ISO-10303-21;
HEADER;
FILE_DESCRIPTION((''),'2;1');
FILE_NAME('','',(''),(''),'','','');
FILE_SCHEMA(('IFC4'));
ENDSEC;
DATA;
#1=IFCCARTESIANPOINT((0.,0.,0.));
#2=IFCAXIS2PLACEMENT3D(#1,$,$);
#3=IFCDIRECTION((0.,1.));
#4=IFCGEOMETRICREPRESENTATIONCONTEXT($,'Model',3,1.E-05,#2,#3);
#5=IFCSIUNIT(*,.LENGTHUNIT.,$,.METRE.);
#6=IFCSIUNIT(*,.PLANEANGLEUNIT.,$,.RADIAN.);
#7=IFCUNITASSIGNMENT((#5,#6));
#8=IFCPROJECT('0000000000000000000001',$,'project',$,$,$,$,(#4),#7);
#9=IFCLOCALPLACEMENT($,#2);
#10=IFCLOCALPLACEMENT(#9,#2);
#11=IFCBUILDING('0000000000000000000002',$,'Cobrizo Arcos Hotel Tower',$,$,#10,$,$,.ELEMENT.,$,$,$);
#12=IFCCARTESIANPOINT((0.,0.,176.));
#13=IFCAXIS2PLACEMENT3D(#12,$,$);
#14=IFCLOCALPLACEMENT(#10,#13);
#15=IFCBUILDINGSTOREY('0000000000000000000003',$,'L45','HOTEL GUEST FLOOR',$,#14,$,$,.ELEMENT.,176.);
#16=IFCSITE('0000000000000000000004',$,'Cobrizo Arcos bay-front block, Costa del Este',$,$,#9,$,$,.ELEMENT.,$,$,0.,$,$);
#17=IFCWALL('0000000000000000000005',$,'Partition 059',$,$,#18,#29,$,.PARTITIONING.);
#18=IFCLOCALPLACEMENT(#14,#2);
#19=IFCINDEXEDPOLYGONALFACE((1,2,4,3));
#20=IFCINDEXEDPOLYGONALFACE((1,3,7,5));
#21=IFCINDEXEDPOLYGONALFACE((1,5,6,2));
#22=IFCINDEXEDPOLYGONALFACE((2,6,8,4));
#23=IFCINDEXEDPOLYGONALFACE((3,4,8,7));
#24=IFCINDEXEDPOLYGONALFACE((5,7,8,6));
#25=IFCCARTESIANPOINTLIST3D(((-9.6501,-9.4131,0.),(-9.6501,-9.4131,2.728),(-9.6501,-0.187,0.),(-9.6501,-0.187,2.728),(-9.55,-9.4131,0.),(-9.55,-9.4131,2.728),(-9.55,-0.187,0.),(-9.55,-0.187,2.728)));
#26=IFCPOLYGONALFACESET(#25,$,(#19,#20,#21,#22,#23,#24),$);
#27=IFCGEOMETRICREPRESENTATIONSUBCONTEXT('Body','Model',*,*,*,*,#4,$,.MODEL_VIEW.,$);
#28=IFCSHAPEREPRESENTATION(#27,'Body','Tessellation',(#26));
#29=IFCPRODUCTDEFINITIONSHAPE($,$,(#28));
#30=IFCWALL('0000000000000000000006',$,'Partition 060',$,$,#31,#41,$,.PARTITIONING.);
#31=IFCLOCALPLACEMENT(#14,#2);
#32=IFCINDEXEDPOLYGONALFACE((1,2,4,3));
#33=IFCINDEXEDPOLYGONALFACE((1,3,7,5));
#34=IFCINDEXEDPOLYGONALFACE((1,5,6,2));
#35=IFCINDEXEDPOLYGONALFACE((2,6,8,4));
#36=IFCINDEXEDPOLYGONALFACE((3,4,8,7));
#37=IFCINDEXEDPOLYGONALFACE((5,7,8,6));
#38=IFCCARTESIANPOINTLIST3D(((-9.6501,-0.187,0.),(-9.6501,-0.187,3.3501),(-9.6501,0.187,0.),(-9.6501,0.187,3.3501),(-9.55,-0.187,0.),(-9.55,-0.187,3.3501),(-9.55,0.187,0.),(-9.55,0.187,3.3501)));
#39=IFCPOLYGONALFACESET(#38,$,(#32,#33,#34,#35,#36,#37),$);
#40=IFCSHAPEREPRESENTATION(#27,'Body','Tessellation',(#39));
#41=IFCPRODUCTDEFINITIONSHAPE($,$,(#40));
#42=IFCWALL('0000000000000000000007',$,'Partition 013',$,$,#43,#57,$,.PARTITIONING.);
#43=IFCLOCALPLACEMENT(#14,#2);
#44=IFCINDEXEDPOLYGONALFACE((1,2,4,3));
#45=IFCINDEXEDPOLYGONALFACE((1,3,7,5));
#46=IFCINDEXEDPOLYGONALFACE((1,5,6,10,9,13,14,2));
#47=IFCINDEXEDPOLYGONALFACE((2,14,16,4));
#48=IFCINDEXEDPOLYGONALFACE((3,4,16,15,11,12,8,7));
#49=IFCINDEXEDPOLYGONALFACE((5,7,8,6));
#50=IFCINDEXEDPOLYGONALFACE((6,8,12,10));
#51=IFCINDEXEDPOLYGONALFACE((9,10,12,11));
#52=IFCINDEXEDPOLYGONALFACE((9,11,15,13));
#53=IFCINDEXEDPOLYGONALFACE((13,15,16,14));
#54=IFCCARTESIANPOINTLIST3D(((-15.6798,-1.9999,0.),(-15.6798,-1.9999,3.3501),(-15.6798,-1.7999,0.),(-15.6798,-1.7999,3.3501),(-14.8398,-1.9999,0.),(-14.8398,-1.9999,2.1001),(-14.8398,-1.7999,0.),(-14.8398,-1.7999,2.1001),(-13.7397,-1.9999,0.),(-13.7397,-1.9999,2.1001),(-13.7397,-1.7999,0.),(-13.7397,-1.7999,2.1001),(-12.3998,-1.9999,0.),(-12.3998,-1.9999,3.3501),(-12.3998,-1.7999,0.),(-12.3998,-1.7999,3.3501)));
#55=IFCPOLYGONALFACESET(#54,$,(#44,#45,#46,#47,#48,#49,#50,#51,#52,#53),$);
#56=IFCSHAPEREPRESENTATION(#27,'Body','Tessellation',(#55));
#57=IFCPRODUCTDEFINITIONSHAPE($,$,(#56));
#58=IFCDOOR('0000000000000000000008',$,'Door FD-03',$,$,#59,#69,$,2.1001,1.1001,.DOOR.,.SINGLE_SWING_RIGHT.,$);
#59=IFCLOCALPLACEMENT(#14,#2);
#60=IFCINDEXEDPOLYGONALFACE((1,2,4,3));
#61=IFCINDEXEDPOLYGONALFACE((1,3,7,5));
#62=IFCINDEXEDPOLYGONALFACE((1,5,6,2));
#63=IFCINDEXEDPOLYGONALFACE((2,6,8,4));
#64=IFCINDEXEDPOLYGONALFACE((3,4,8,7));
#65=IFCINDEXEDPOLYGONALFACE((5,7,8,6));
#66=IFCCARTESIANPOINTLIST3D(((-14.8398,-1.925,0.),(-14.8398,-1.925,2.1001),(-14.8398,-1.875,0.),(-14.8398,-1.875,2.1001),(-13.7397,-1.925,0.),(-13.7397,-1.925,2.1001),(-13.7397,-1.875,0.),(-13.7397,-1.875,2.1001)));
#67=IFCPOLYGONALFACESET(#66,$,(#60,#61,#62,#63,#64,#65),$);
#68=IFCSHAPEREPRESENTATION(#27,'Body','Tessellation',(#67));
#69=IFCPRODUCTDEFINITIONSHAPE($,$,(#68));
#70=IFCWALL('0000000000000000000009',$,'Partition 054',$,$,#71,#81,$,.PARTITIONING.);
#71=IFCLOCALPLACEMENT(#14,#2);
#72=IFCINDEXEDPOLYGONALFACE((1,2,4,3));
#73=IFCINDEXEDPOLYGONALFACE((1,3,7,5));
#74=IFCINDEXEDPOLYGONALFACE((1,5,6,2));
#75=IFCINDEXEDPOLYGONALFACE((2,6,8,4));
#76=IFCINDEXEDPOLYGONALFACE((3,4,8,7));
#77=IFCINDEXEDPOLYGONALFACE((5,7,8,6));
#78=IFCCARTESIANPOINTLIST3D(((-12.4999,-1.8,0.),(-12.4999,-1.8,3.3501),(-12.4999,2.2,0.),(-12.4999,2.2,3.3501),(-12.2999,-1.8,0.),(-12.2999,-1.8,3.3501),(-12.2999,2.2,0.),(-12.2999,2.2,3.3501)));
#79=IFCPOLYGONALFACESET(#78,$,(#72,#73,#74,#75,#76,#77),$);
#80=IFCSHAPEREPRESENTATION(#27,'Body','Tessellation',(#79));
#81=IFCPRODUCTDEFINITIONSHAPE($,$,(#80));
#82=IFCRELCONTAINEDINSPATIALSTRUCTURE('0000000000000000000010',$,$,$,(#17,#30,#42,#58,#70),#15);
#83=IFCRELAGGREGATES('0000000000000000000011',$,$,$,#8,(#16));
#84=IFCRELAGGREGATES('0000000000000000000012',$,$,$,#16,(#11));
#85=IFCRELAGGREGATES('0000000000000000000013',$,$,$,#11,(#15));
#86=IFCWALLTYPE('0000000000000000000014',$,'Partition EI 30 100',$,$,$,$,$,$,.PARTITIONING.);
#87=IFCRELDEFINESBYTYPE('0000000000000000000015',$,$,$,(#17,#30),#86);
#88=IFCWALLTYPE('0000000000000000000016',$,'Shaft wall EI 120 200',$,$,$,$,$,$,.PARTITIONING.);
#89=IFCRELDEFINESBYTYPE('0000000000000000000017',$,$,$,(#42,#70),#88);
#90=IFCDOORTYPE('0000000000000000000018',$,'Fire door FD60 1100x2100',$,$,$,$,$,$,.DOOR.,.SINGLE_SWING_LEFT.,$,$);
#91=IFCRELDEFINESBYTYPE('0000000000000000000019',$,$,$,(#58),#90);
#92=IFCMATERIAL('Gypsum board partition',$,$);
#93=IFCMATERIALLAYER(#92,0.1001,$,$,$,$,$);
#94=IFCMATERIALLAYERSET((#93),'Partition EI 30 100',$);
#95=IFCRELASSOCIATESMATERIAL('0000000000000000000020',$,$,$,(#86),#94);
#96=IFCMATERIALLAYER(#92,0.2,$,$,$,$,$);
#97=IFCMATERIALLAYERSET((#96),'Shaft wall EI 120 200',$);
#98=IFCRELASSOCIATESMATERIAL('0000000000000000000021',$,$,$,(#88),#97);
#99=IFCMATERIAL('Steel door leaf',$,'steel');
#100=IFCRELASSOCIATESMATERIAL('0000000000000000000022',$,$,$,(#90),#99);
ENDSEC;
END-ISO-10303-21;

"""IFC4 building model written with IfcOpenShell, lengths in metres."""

from ifc_helpers import new_model, si_unit, direction, frame, frame_2d, origin, place, context, subcontext, project, spatial, rectangle, extrude, material, layer, layer_set, type_object, element, fill, save


model = new_model("IFC4")

# Units and contexts
model_context = context("Model", 3, precision=1e-05, world=origin(), true_north=direction((0.0, 1.0)))
body_context = subcontext(model_context, "Body", "Model", "MODEL_VIEW")
ifc_project = project(units=[si_unit("LENGTHUNIT", "METRE"), si_unit("PLANEANGLEUNIT", "RADIAN")], contexts=[model_context])

# Site, building, storey
site_placement = place(None, origin())
site = spatial("IfcSite", under=ifc_project, at=site_placement, Name="Cobrizo Arcos bay-front block, Costa del Este", CompositionType="ELEMENT", RefElevation=0.0)
building_placement = place(site_placement, origin())
building = spatial("IfcBuilding", under=site, at=building_placement, Name="Cobrizo Arcos Hotel Tower", CompositionType="ELEMENT")
storey_placement = place(building_placement, frame((0.0, 0.0, 176.0)))
storey = spatial("IfcBuildingStorey", under=building, at=storey_placement, Name="L45", Description="HOTEL GUEST FLOOR", CompositionType="ELEMENT", Elevation=176.0)

# Walls
ifc_material_1 = material(Name="Gypsum board partition")
ifc_layer_1 = layer(ifc_material_1, 0.1001)
ifc_layer_set_1 = layer_set([ifc_layer_1], Name="Partition EI 30 100")
wall_type_1 = type_object("IfcWallType", Name="Partition EI 30 100", PredefinedType="PARTITIONING", material=ifc_layer_set_1)
wall_1_placement = place(storey_placement, frame((-9.6001, -9.4131, 0.0), z_axis=(0.0, 0.0, 1.0), x_axis=(0.0, 1.0, 0.0)))
element("IfcWall", 1, at=wall_1_placement, inside=storey, type_object=wall_type_1, Name="Partition 059", PredefinedType="PARTITIONING", context=body_context, shape_type="SweptSolid", body=[
    extrude(rectangle(XDim=9.2261, YDim=0.1001, at=frame_2d((4.613, 0.0))), origin(), (0.0, 0.0, 1.0), 2.728),
])
wall_2_placement = place(storey_placement, frame((-9.6001, -0.187, 0.0), z_axis=(0.0, 0.0, 1.0), x_axis=(0.0, 1.0, 0.0)))
element("IfcWall", 2, at=wall_2_placement, inside=storey, type_object=wall_type_1, Name="Partition 060", PredefinedType="PARTITIONING", context=body_context, shape_type="SweptSolid", body=[
    extrude(rectangle(XDim=0.374, YDim=0.1001, at=frame_2d((0.187, 0.0))), origin(), (0.0, 0.0, 1.0), 3.3501),
])

# Wall, opening, door
ifc_layer_2 = layer(ifc_material_1, 0.2)
ifc_layer_set_2 = layer_set([ifc_layer_2], Name="Shaft wall EI 120 200")
wall_type_2 = type_object("IfcWallType", Name="Shaft wall EI 120 200", PredefinedType="PARTITIONING", material=ifc_layer_set_2)
wall_3_placement = place(storey_placement, frame((-15.6799, -1.8999, 0.0), z_axis=(0.0, 0.0, 1.0), x_axis=(1.0, 0.0, 0.0)))
wall_3 = element("IfcWall", 3, at=wall_3_placement, inside=storey, type_object=wall_type_2, Name="Partition 013", PredefinedType="PARTITIONING", context=body_context, shape_type="SweptSolid", body=[
    extrude(rectangle(XDim=3.28, YDim=0.2, at=frame_2d((1.6401, 0.0))), origin(), (0.0, 0.0, 1.0), 3.3501),
])
opening_placement = place(wall_3_placement, frame((0.8401, 0.0, 0.0)))
opening = element("IfcOpeningElement", 4, at=opening_placement, cuts=wall_3, PredefinedType="OPENING", context=body_context, shape_type="SweptSolid", body=[
    extrude(rectangle(XDim=1.1001, YDim=2.1001, at=frame_2d((0.55, 1.05))), frame((0.0, 0.1121, 0.0), z_axis=(0.0, -1.0, 0.0), x_axis=(1.0, 0.0, 0.0)), (0.0, 0.0, 1.0), 0.2239),
])
ifc_material_2 = material(Name="Steel door leaf", Category="steel")
door_type = type_object("IfcDoorType", Name="Fire door FD60 1100x2100", OperationType="SINGLE_SWING_LEFT", PredefinedType="DOOR", material=ifc_material_2)
door_placement = place(opening_placement, origin())
door = element("IfcDoor", 5, at=door_placement, inside=storey, type_object=door_type, Name="Door FD-03", OperationType="SINGLE_SWING_RIGHT", OverallHeight=2.1001, OverallWidth=1.1001, PredefinedType="DOOR", context=body_context, shape_type="SweptSolid", body=[
    extrude(rectangle(XDim=1.1001, YDim=2.1001, at=frame_2d((0.55, 1.05))), frame((0.0, 0.0249, 0.0), z_axis=(0.0, -1.0, 0.0), x_axis=(1.0, 0.0, 0.0)), (0.0, 0.0, 1.0), 0.05),
])
fill(opening, door)

# Wall
wall_4_placement = place(storey_placement, frame((-12.3999, -1.8, 0.0), z_axis=(0.0, 0.0, 1.0), x_axis=(0.0, 1.0, 0.0)))
element("IfcWall", 6, at=wall_4_placement, inside=storey, type_object=wall_type_2, Name="Partition 054", PredefinedType="PARTITIONING", context=body_context, shape_type="SweptSolid", body=[
    extrude(rectangle(XDim=4.0, YDim=0.2, at=frame_2d((2.0, 0.0))), origin(), (0.0, 0.0, 1.0), 3.3501),
])

save(model, "model.ifc")
